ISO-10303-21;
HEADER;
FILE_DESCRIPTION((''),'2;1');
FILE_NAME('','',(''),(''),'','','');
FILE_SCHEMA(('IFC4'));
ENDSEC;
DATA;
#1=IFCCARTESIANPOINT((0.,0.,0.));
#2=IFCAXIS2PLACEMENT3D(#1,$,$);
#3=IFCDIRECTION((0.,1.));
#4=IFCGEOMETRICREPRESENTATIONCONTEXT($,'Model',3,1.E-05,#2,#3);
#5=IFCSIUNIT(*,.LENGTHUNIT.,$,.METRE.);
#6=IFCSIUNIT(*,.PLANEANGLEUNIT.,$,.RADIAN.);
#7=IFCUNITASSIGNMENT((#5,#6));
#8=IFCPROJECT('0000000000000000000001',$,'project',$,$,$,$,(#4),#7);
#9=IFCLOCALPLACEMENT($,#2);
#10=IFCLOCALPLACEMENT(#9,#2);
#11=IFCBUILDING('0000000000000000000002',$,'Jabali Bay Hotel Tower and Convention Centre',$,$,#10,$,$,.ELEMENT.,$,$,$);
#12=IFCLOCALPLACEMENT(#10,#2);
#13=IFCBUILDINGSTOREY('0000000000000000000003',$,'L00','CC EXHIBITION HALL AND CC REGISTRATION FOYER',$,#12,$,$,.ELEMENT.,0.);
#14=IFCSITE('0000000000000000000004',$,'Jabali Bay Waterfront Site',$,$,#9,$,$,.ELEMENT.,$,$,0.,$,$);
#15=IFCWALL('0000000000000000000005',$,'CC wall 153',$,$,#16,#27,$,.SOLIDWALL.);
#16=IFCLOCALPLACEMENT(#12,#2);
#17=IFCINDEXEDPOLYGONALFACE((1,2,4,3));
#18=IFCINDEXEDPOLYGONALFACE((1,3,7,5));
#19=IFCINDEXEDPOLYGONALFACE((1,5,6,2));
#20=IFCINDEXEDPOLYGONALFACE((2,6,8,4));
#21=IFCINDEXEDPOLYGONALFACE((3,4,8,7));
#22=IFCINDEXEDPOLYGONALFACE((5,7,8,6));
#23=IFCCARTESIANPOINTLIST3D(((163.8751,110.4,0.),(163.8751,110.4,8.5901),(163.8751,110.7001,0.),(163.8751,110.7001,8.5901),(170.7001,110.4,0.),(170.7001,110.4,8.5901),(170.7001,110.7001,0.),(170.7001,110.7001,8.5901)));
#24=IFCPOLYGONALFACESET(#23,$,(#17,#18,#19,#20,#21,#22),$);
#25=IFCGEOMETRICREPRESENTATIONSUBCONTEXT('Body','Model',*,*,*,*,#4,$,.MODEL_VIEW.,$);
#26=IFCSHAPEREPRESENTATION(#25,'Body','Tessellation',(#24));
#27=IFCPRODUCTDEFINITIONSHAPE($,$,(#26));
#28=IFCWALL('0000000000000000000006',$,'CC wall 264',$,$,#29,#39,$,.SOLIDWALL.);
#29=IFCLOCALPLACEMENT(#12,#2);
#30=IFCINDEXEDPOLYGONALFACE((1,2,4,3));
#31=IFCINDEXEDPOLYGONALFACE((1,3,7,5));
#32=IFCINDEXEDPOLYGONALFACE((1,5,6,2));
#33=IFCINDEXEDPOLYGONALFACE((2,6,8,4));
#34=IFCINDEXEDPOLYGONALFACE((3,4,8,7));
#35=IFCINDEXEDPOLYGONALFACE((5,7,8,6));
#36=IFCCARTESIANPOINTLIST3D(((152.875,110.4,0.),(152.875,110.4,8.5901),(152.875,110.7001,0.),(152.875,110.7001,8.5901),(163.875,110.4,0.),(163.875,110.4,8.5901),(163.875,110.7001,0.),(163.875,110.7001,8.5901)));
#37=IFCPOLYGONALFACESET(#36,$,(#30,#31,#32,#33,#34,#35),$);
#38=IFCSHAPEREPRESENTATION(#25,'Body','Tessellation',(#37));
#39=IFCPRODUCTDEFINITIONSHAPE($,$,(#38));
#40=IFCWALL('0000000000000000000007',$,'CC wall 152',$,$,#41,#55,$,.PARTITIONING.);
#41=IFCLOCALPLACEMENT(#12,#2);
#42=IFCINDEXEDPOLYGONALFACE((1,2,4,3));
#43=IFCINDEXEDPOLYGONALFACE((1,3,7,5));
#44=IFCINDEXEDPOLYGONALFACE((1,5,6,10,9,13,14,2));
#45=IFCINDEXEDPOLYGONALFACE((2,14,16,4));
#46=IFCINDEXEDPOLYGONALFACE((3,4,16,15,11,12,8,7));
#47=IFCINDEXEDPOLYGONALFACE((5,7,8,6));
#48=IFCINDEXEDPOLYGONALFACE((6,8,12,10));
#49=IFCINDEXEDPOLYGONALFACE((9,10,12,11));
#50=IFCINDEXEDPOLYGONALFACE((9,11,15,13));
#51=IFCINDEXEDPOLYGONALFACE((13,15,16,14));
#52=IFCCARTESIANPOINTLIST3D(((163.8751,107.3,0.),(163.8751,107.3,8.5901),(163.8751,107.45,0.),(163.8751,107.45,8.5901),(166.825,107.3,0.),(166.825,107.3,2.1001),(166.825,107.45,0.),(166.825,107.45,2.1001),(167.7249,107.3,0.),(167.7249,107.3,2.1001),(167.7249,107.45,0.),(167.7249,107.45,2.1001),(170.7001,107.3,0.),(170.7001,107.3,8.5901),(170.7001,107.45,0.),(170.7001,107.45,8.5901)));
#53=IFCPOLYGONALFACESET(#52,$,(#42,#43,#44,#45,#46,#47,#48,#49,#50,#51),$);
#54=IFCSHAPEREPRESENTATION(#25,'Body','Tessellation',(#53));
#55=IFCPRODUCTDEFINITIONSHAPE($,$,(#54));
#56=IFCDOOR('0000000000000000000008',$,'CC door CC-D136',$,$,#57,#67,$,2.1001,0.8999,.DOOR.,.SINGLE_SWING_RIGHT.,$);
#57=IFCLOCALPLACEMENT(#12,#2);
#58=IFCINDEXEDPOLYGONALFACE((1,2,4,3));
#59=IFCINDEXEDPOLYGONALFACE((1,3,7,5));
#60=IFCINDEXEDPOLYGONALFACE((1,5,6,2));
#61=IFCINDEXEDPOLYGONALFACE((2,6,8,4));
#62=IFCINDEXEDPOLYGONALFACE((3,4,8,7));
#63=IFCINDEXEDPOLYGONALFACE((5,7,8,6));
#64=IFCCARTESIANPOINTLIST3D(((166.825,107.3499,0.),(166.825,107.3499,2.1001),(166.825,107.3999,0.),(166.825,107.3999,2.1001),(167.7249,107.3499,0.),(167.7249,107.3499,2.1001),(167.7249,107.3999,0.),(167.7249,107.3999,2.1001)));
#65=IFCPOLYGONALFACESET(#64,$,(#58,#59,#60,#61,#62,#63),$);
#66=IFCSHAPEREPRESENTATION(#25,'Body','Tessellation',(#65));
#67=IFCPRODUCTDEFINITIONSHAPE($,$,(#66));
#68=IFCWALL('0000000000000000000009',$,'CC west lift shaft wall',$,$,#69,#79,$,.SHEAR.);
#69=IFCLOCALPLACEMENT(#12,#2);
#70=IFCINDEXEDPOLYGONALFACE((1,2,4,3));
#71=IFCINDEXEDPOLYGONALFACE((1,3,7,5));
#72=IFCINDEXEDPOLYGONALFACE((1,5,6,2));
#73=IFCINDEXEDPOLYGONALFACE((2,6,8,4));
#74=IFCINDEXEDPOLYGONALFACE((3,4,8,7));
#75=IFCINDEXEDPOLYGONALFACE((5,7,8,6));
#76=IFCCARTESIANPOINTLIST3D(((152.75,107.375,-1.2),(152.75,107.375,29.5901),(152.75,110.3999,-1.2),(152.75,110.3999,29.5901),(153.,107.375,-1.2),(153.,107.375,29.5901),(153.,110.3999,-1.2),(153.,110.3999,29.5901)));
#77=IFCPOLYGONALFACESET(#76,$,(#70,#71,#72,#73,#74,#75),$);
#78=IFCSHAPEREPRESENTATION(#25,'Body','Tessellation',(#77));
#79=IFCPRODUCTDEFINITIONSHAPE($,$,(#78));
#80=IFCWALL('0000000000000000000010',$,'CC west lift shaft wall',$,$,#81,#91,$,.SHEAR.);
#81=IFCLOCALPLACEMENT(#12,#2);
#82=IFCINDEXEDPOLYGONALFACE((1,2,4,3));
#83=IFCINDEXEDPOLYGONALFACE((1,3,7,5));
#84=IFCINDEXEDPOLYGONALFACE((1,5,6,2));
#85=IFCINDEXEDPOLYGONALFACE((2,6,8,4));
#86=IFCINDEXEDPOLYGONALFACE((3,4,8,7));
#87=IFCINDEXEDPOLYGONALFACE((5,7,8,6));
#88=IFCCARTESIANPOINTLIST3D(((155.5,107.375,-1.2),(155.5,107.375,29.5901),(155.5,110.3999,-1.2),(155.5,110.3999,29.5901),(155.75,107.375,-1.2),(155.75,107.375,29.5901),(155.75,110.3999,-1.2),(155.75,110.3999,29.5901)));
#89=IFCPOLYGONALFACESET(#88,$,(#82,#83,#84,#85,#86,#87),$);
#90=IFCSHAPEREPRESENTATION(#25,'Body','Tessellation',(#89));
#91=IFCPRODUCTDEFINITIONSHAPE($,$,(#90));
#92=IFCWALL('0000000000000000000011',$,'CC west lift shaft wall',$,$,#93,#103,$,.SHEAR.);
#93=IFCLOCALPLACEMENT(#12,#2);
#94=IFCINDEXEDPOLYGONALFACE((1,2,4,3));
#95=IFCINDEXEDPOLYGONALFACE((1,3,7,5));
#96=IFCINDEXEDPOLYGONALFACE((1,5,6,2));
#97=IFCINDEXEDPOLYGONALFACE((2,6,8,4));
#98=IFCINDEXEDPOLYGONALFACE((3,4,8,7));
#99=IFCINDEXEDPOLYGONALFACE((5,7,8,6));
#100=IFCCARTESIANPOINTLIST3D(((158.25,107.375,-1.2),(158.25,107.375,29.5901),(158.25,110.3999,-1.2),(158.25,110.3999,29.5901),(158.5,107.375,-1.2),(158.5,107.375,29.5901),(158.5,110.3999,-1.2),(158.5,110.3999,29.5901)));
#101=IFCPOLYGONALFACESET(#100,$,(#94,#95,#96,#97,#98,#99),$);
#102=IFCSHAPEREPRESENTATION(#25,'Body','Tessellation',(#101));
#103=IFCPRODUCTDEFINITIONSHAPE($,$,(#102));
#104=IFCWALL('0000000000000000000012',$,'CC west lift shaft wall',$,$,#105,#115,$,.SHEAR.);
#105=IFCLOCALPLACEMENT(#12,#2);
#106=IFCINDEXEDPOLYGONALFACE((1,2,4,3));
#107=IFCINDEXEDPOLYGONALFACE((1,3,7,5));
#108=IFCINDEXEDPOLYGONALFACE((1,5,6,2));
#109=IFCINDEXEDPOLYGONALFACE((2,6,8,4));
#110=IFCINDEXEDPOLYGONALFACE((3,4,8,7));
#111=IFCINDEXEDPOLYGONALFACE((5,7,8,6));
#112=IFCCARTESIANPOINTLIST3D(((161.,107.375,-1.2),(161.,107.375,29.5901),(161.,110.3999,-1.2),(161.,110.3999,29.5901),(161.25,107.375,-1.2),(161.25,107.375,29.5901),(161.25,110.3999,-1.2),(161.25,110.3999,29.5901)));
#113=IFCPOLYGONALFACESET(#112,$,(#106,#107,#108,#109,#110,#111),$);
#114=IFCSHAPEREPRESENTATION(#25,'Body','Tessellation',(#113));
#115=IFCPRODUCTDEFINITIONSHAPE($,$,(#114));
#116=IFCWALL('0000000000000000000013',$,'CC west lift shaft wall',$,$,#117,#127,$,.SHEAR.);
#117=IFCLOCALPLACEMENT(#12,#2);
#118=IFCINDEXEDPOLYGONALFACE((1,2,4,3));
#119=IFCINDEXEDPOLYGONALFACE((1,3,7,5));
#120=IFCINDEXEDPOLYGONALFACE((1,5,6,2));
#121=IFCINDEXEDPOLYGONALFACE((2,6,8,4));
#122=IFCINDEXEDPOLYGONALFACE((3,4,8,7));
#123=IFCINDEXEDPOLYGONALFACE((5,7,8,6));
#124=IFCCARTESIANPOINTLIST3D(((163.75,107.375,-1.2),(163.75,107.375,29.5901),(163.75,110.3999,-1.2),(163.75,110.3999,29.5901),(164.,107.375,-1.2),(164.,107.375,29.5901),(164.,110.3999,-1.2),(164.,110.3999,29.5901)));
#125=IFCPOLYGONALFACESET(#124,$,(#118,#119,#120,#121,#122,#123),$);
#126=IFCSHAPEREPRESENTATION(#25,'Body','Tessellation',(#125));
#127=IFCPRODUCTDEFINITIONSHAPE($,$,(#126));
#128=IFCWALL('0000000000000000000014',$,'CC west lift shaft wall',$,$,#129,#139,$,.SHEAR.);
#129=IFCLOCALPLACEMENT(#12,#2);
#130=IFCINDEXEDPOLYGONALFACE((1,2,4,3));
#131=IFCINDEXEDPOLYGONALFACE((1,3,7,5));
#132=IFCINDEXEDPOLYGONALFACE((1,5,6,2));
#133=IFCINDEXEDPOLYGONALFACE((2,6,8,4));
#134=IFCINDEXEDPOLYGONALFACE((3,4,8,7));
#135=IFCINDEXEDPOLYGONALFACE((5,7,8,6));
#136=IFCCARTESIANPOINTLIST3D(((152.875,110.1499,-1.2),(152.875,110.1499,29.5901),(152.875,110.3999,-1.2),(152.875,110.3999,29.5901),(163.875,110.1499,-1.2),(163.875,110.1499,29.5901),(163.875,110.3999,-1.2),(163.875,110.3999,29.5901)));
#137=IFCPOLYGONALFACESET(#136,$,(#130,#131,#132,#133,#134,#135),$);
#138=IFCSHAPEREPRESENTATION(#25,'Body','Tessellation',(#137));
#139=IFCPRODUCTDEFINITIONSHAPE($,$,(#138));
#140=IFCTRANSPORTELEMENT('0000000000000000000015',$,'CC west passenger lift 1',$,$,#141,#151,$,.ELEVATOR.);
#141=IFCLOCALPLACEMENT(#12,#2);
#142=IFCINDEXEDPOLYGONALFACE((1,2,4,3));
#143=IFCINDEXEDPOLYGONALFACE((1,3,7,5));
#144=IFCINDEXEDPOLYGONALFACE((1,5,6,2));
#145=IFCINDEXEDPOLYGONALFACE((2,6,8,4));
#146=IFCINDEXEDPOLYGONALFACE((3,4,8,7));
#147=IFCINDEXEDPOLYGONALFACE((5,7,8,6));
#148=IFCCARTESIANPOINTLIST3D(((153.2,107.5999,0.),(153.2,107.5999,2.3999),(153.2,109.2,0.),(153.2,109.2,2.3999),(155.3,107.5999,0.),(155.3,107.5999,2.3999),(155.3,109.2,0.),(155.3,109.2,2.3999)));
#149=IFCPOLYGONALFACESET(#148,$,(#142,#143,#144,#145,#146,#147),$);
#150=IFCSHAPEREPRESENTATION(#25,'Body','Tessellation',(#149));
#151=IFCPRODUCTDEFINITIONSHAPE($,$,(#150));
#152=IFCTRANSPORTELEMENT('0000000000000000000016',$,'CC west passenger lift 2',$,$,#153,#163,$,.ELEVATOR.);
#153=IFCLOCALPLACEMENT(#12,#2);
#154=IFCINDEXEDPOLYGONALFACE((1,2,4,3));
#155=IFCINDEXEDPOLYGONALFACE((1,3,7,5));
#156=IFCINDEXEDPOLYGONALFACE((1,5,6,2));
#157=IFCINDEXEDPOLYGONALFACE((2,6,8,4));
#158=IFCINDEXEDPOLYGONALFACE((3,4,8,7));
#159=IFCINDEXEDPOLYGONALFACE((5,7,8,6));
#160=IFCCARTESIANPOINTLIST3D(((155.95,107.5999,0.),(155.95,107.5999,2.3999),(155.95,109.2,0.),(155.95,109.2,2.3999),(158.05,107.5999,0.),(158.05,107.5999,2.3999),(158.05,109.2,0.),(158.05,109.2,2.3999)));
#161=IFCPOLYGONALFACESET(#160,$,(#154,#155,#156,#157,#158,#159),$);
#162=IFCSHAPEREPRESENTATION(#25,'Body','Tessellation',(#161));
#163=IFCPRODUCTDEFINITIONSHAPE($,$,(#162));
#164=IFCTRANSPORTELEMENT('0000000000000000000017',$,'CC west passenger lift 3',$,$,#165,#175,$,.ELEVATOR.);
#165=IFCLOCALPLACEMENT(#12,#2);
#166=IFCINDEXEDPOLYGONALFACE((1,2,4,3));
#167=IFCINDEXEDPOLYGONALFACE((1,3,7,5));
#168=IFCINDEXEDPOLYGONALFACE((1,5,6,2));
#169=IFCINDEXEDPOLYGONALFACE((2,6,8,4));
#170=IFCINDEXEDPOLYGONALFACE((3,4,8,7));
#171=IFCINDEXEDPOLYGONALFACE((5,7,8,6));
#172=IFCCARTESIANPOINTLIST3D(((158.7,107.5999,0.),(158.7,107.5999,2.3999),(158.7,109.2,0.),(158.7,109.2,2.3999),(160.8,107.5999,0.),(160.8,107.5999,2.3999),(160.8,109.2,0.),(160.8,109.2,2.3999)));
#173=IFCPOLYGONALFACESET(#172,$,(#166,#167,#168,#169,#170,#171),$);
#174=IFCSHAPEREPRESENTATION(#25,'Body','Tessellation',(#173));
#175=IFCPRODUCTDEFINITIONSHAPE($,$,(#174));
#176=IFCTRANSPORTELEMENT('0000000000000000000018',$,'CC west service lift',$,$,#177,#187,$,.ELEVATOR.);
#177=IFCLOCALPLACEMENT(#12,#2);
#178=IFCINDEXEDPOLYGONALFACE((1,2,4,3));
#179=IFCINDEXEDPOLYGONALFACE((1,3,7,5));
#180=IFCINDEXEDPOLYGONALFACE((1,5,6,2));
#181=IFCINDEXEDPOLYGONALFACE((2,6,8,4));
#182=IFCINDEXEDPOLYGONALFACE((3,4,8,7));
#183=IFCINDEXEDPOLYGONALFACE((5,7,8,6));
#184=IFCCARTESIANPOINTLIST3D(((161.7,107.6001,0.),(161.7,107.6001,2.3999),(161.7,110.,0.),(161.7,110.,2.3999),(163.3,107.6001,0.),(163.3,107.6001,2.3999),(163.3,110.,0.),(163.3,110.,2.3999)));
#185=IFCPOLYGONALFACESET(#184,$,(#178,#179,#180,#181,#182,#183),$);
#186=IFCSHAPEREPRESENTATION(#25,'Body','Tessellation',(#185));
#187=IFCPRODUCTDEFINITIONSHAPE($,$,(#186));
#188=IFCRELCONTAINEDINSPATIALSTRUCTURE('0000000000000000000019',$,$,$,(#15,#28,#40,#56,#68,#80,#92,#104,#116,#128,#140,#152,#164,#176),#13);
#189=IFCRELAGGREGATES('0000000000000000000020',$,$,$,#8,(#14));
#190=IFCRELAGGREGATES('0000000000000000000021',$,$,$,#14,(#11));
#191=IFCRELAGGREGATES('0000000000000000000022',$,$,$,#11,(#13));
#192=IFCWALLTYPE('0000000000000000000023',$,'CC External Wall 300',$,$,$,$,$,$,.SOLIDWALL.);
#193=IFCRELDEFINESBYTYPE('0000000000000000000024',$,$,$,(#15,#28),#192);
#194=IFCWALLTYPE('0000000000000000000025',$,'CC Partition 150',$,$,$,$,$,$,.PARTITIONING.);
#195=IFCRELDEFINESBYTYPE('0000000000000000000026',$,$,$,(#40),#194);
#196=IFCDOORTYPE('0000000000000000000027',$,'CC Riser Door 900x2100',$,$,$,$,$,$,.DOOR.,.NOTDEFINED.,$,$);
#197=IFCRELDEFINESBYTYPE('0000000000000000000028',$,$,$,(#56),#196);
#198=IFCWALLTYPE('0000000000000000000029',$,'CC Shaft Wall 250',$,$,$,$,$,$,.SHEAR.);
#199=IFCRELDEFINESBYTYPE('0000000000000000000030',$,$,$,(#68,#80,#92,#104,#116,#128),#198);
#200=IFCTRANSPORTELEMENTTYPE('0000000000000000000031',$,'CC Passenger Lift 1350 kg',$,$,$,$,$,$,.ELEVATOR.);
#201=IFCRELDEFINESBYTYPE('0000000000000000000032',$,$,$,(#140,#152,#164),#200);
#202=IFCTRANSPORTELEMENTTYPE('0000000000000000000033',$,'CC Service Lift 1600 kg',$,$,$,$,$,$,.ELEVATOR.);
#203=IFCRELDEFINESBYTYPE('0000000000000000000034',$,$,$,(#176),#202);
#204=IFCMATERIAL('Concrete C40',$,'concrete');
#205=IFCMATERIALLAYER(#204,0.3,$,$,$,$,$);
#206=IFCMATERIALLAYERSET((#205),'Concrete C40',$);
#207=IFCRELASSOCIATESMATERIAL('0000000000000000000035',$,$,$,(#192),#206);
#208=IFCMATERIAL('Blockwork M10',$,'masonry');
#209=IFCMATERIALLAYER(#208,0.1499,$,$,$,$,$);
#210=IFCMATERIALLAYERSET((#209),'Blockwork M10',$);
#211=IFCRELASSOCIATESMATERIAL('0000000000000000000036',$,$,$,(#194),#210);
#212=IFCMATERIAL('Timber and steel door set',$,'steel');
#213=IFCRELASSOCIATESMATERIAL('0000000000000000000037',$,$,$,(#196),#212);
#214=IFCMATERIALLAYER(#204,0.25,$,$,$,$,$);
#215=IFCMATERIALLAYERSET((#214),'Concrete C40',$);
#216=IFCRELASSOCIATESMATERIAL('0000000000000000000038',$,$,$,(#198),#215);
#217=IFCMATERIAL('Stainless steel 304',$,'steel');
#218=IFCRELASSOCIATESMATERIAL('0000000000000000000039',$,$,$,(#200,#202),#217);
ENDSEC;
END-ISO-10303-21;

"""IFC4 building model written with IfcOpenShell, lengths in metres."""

from ifc_helpers import new_model, si_unit, direction, frame, frame_2d, origin, origin_2d, place, context, subcontext, project, spatial, rectangle, extrude, material, layer, layer_set, type_object, element, fill, save


model = new_model("IFC4")

# Units and contexts
model_context = context("Model", 3, precision=1e-05, world=origin(), true_north=direction((0.0, 1.0)))
body_context = subcontext(model_context, "Body", "Model", "MODEL_VIEW")
ifc_project = project(units=[si_unit("LENGTHUNIT", "METRE"), si_unit("PLANEANGLEUNIT", "RADIAN")], contexts=[model_context])

# Site, building, storey
site_placement = place(None, origin())
site = spatial("IfcSite", under=ifc_project, at=site_placement, Name="Jabali Bay Waterfront Site", CompositionType="ELEMENT", RefElevation=0.0)
building_placement = place(site_placement, origin())
building = spatial("IfcBuilding", under=site, at=building_placement, Name="Jabali Bay Hotel Tower and Convention Centre", CompositionType="ELEMENT")
storey_placement = place(building_placement, origin())
storey = spatial("IfcBuildingStorey", under=building, at=storey_placement, Name="L00", Description="CC EXHIBITION HALL AND CC REGISTRATION FOYER", CompositionType="ELEMENT", Elevation=0.0)

# Walls
ifc_material_1 = material(Name="Concrete C40", Category="concrete")
ifc_layer_1 = layer(ifc_material_1, 0.3)
ifc_layer_set_1 = layer_set([ifc_layer_1], Name="Concrete C40")
wall_type_1 = type_object("IfcWallType", Name="CC External Wall 300", PredefinedType="SOLIDWALL", material=ifc_layer_set_1)
wall_1_placement = place(storey_placement, frame((163.875, 110.55, 0.0), z_axis=(0.0, 0.0, 1.0), x_axis=(1.0, 0.0, 0.0)))
element("IfcWall", 1, at=wall_1_placement, inside=storey, type_object=wall_type_1, Name="CC wall 153", PredefinedType="SOLIDWALL", context=body_context, shape_type="SweptSolid", body=[
    extrude(rectangle(XDim=6.825, YDim=0.3, at=frame_2d((3.4126, 0.0))), origin(), (0.0, 0.0, 1.0), 8.5901),
])
wall_2_placement = place(storey_placement, frame((152.875, 110.55, 0.0), z_axis=(0.0, 0.0, 1.0), x_axis=(1.0, 0.0, 0.0)))
element("IfcWall", 2, at=wall_2_placement, inside=storey, type_object=wall_type_1, Name="CC wall 264", PredefinedType="SOLIDWALL", context=body_context, shape_type="SweptSolid", body=[
    extrude(rectangle(XDim=11.0, YDim=0.3, at=frame_2d((5.5, 0.0))), origin(), (0.0, 0.0, 1.0), 8.5901),
])

# Wall, opening, door
ifc_material_2 = material(Name="Blockwork M10", Category="masonry")
ifc_layer_2 = layer(ifc_material_2, 0.1499)
ifc_layer_set_2 = layer_set([ifc_layer_2], Name="Blockwork M10")
wall_type_2 = type_object("IfcWallType", Name="CC Partition 150", PredefinedType="PARTITIONING", material=ifc_layer_set_2)
wall_3_placement = place(storey_placement, frame((163.875, 107.375, 0.0), z_axis=(0.0, 0.0, 1.0), x_axis=(1.0, 0.0, 0.0)))
wall_3 = element("IfcWall", 3, at=wall_3_placement, inside=storey, type_object=wall_type_2, Name="CC wall 152", PredefinedType="PARTITIONING", context=body_context, shape_type="SweptSolid", body=[
    extrude(rectangle(XDim=6.825, YDim=0.1499, at=frame_2d((3.4126, 0.0))), origin(), (0.0, 0.0, 1.0), 8.5901),
])
opening_placement = place(wall_3_placement, frame((2.95, 0.0, 0.0)))
opening = element("IfcOpeningElement", 4, at=opening_placement, cuts=wall_3, PredefinedType="OPENING", context=body_context, shape_type="SweptSolid", body=[
    extrude(rectangle(XDim=0.8999, YDim=2.1001, at=frame_2d((0.45, 1.05))), frame((0.0, 0.0854, 0.0), z_axis=(0.0, -1.0, 0.0), x_axis=(1.0, 0.0, 0.0)), (0.0, 0.0, 1.0), 0.1709),
])
ifc_material_3 = material(Name="Timber and steel door set", Category="steel")
door_type = type_object("IfcDoorType", Name="CC Riser Door 900x2100", OperationType="NOTDEFINED", PredefinedType="DOOR", material=ifc_material_3)
door_placement = place(opening_placement, origin())
door = element("IfcDoor", 5, at=door_placement, inside=storey, type_object=door_type, Name="CC door CC-D136", OperationType="SINGLE_SWING_RIGHT", OverallHeight=2.1001, OverallWidth=0.8999, PredefinedType="DOOR", context=body_context, shape_type="SweptSolid", body=[
    extrude(rectangle(XDim=0.8999, YDim=2.1001, at=frame_2d((0.45, 1.05))), frame((0.0, 0.0249, 0.0), z_axis=(0.0, -1.0, 0.0), x_axis=(1.0, 0.0, 0.0)), (0.0, 0.0, 1.0), 0.05),
])
fill(opening, door)

# Walls
ifc_layer_3 = layer(ifc_material_1, 0.25)
ifc_layer_set_3 = layer_set([ifc_layer_3], Name="Concrete C40")
wall_type_3 = type_object("IfcWallType", Name="CC Shaft Wall 250", PredefinedType="SHEAR", material=ifc_layer_set_3)
for number, where, z_axis, x_axis, name in (
    (6, (152.875, 107.375, -1.2), (0.0, 0.0, 1.0), (0.0, 1.0, 0.0), "CC west lift shaft wall"),
    (7, (155.625, 107.375, -1.2), (0.0, 0.0, 1.0), (0.0, 1.0, 0.0), "CC west lift shaft wall"),
    (8, (158.375, 107.375, -1.2), (0.0, 0.0, 1.0), (0.0, 1.0, 0.0), "CC west lift shaft wall"),
    (9, (161.125, 107.375, -1.2), (0.0, 0.0, 1.0), (0.0, 1.0, 0.0), "CC west lift shaft wall"),
    (10, (163.875, 107.375, -1.2), (0.0, 0.0, 1.0), (0.0, 1.0, 0.0), "CC west lift shaft wall"),
):
    element("IfcWall", number, at=place(storey_placement, frame(where, z_axis=z_axis, x_axis=x_axis)), inside=storey, type_object=wall_type_3, Name=name, PredefinedType="SHEAR", context=body_context, shape_type="SweptSolid", body=[
        extrude(rectangle(XDim=3.0249, YDim=0.25, at=frame_2d((1.5125, 0.0))), origin(), (0.0, 0.0, 1.0), 30.79),
    ])
wall_4_placement = place(storey_placement, frame((152.875, 110.2749, -1.2), z_axis=(0.0, 0.0, 1.0), x_axis=(1.0, 0.0, 0.0)))
element("IfcWall", 11, at=wall_4_placement, inside=storey, type_object=wall_type_3, Name="CC west lift shaft wall", PredefinedType="SHEAR", context=body_context, shape_type="SweptSolid", body=[
    extrude(rectangle(XDim=11.0, YDim=0.25, at=frame_2d((5.5, 0.0))), origin(), (0.0, 0.0, 1.0), 30.79),
])

# Transport elements
ifc_material_4 = material(Name="Stainless steel 304", Category="steel")
transport_element_type_1 = type_object("IfcTransportElementType", Name="CC Passenger Lift 1350 kg", PredefinedType="ELEVATOR", material=ifc_material_4)
for number, where, z_axis, x_axis, name in (
    (12, (154.25, 108.3999, 0.0), (0.0, 0.0, 1.0), (1.0, 0.0, 0.0), "CC west passenger lift 1"),
    (13, (157.0, 108.3999, 0.0), (0.0, 0.0, 1.0), (1.0, 0.0, 0.0), "CC west passenger lift 2"),
    (14, (159.75, 108.3999, 0.0), (0.0, 0.0, 1.0), (1.0, 0.0, 0.0), "CC west passenger lift 3"),
):
    element("IfcTransportElement", number, at=place(storey_placement, frame(where, z_axis=z_axis, x_axis=x_axis)), inside=storey, type_object=transport_element_type_1, Name=name, PredefinedType="ELEVATOR", context=body_context, shape_type="SweptSolid", body=[
        extrude(rectangle(XDim=2.1001, YDim=1.6001, at=origin_2d()), origin(), (0.0, 0.0, 1.0), 2.3999),
    ])
transport_element_type_2 = type_object("IfcTransportElementType", Name="CC Service Lift 1600 kg", PredefinedType="ELEVATOR", material=ifc_material_4)
transport_element_placement = place(storey_placement, frame((162.5, 108.8, 0.0), z_axis=(0.0, 0.0, 1.0), x_axis=(1.0, 0.0, 0.0)))
element("IfcTransportElement", 15, at=transport_element_placement, inside=storey, type_object=transport_element_type_2, Name="CC west service lift", PredefinedType="ELEVATOR", context=body_context, shape_type="SweptSolid", body=[
    extrude(rectangle(XDim=1.6001, YDim=2.3999, at=origin_2d()), origin(), (0.0, 0.0, 1.0), 2.3999),
])

save(model, "model.ifc")
